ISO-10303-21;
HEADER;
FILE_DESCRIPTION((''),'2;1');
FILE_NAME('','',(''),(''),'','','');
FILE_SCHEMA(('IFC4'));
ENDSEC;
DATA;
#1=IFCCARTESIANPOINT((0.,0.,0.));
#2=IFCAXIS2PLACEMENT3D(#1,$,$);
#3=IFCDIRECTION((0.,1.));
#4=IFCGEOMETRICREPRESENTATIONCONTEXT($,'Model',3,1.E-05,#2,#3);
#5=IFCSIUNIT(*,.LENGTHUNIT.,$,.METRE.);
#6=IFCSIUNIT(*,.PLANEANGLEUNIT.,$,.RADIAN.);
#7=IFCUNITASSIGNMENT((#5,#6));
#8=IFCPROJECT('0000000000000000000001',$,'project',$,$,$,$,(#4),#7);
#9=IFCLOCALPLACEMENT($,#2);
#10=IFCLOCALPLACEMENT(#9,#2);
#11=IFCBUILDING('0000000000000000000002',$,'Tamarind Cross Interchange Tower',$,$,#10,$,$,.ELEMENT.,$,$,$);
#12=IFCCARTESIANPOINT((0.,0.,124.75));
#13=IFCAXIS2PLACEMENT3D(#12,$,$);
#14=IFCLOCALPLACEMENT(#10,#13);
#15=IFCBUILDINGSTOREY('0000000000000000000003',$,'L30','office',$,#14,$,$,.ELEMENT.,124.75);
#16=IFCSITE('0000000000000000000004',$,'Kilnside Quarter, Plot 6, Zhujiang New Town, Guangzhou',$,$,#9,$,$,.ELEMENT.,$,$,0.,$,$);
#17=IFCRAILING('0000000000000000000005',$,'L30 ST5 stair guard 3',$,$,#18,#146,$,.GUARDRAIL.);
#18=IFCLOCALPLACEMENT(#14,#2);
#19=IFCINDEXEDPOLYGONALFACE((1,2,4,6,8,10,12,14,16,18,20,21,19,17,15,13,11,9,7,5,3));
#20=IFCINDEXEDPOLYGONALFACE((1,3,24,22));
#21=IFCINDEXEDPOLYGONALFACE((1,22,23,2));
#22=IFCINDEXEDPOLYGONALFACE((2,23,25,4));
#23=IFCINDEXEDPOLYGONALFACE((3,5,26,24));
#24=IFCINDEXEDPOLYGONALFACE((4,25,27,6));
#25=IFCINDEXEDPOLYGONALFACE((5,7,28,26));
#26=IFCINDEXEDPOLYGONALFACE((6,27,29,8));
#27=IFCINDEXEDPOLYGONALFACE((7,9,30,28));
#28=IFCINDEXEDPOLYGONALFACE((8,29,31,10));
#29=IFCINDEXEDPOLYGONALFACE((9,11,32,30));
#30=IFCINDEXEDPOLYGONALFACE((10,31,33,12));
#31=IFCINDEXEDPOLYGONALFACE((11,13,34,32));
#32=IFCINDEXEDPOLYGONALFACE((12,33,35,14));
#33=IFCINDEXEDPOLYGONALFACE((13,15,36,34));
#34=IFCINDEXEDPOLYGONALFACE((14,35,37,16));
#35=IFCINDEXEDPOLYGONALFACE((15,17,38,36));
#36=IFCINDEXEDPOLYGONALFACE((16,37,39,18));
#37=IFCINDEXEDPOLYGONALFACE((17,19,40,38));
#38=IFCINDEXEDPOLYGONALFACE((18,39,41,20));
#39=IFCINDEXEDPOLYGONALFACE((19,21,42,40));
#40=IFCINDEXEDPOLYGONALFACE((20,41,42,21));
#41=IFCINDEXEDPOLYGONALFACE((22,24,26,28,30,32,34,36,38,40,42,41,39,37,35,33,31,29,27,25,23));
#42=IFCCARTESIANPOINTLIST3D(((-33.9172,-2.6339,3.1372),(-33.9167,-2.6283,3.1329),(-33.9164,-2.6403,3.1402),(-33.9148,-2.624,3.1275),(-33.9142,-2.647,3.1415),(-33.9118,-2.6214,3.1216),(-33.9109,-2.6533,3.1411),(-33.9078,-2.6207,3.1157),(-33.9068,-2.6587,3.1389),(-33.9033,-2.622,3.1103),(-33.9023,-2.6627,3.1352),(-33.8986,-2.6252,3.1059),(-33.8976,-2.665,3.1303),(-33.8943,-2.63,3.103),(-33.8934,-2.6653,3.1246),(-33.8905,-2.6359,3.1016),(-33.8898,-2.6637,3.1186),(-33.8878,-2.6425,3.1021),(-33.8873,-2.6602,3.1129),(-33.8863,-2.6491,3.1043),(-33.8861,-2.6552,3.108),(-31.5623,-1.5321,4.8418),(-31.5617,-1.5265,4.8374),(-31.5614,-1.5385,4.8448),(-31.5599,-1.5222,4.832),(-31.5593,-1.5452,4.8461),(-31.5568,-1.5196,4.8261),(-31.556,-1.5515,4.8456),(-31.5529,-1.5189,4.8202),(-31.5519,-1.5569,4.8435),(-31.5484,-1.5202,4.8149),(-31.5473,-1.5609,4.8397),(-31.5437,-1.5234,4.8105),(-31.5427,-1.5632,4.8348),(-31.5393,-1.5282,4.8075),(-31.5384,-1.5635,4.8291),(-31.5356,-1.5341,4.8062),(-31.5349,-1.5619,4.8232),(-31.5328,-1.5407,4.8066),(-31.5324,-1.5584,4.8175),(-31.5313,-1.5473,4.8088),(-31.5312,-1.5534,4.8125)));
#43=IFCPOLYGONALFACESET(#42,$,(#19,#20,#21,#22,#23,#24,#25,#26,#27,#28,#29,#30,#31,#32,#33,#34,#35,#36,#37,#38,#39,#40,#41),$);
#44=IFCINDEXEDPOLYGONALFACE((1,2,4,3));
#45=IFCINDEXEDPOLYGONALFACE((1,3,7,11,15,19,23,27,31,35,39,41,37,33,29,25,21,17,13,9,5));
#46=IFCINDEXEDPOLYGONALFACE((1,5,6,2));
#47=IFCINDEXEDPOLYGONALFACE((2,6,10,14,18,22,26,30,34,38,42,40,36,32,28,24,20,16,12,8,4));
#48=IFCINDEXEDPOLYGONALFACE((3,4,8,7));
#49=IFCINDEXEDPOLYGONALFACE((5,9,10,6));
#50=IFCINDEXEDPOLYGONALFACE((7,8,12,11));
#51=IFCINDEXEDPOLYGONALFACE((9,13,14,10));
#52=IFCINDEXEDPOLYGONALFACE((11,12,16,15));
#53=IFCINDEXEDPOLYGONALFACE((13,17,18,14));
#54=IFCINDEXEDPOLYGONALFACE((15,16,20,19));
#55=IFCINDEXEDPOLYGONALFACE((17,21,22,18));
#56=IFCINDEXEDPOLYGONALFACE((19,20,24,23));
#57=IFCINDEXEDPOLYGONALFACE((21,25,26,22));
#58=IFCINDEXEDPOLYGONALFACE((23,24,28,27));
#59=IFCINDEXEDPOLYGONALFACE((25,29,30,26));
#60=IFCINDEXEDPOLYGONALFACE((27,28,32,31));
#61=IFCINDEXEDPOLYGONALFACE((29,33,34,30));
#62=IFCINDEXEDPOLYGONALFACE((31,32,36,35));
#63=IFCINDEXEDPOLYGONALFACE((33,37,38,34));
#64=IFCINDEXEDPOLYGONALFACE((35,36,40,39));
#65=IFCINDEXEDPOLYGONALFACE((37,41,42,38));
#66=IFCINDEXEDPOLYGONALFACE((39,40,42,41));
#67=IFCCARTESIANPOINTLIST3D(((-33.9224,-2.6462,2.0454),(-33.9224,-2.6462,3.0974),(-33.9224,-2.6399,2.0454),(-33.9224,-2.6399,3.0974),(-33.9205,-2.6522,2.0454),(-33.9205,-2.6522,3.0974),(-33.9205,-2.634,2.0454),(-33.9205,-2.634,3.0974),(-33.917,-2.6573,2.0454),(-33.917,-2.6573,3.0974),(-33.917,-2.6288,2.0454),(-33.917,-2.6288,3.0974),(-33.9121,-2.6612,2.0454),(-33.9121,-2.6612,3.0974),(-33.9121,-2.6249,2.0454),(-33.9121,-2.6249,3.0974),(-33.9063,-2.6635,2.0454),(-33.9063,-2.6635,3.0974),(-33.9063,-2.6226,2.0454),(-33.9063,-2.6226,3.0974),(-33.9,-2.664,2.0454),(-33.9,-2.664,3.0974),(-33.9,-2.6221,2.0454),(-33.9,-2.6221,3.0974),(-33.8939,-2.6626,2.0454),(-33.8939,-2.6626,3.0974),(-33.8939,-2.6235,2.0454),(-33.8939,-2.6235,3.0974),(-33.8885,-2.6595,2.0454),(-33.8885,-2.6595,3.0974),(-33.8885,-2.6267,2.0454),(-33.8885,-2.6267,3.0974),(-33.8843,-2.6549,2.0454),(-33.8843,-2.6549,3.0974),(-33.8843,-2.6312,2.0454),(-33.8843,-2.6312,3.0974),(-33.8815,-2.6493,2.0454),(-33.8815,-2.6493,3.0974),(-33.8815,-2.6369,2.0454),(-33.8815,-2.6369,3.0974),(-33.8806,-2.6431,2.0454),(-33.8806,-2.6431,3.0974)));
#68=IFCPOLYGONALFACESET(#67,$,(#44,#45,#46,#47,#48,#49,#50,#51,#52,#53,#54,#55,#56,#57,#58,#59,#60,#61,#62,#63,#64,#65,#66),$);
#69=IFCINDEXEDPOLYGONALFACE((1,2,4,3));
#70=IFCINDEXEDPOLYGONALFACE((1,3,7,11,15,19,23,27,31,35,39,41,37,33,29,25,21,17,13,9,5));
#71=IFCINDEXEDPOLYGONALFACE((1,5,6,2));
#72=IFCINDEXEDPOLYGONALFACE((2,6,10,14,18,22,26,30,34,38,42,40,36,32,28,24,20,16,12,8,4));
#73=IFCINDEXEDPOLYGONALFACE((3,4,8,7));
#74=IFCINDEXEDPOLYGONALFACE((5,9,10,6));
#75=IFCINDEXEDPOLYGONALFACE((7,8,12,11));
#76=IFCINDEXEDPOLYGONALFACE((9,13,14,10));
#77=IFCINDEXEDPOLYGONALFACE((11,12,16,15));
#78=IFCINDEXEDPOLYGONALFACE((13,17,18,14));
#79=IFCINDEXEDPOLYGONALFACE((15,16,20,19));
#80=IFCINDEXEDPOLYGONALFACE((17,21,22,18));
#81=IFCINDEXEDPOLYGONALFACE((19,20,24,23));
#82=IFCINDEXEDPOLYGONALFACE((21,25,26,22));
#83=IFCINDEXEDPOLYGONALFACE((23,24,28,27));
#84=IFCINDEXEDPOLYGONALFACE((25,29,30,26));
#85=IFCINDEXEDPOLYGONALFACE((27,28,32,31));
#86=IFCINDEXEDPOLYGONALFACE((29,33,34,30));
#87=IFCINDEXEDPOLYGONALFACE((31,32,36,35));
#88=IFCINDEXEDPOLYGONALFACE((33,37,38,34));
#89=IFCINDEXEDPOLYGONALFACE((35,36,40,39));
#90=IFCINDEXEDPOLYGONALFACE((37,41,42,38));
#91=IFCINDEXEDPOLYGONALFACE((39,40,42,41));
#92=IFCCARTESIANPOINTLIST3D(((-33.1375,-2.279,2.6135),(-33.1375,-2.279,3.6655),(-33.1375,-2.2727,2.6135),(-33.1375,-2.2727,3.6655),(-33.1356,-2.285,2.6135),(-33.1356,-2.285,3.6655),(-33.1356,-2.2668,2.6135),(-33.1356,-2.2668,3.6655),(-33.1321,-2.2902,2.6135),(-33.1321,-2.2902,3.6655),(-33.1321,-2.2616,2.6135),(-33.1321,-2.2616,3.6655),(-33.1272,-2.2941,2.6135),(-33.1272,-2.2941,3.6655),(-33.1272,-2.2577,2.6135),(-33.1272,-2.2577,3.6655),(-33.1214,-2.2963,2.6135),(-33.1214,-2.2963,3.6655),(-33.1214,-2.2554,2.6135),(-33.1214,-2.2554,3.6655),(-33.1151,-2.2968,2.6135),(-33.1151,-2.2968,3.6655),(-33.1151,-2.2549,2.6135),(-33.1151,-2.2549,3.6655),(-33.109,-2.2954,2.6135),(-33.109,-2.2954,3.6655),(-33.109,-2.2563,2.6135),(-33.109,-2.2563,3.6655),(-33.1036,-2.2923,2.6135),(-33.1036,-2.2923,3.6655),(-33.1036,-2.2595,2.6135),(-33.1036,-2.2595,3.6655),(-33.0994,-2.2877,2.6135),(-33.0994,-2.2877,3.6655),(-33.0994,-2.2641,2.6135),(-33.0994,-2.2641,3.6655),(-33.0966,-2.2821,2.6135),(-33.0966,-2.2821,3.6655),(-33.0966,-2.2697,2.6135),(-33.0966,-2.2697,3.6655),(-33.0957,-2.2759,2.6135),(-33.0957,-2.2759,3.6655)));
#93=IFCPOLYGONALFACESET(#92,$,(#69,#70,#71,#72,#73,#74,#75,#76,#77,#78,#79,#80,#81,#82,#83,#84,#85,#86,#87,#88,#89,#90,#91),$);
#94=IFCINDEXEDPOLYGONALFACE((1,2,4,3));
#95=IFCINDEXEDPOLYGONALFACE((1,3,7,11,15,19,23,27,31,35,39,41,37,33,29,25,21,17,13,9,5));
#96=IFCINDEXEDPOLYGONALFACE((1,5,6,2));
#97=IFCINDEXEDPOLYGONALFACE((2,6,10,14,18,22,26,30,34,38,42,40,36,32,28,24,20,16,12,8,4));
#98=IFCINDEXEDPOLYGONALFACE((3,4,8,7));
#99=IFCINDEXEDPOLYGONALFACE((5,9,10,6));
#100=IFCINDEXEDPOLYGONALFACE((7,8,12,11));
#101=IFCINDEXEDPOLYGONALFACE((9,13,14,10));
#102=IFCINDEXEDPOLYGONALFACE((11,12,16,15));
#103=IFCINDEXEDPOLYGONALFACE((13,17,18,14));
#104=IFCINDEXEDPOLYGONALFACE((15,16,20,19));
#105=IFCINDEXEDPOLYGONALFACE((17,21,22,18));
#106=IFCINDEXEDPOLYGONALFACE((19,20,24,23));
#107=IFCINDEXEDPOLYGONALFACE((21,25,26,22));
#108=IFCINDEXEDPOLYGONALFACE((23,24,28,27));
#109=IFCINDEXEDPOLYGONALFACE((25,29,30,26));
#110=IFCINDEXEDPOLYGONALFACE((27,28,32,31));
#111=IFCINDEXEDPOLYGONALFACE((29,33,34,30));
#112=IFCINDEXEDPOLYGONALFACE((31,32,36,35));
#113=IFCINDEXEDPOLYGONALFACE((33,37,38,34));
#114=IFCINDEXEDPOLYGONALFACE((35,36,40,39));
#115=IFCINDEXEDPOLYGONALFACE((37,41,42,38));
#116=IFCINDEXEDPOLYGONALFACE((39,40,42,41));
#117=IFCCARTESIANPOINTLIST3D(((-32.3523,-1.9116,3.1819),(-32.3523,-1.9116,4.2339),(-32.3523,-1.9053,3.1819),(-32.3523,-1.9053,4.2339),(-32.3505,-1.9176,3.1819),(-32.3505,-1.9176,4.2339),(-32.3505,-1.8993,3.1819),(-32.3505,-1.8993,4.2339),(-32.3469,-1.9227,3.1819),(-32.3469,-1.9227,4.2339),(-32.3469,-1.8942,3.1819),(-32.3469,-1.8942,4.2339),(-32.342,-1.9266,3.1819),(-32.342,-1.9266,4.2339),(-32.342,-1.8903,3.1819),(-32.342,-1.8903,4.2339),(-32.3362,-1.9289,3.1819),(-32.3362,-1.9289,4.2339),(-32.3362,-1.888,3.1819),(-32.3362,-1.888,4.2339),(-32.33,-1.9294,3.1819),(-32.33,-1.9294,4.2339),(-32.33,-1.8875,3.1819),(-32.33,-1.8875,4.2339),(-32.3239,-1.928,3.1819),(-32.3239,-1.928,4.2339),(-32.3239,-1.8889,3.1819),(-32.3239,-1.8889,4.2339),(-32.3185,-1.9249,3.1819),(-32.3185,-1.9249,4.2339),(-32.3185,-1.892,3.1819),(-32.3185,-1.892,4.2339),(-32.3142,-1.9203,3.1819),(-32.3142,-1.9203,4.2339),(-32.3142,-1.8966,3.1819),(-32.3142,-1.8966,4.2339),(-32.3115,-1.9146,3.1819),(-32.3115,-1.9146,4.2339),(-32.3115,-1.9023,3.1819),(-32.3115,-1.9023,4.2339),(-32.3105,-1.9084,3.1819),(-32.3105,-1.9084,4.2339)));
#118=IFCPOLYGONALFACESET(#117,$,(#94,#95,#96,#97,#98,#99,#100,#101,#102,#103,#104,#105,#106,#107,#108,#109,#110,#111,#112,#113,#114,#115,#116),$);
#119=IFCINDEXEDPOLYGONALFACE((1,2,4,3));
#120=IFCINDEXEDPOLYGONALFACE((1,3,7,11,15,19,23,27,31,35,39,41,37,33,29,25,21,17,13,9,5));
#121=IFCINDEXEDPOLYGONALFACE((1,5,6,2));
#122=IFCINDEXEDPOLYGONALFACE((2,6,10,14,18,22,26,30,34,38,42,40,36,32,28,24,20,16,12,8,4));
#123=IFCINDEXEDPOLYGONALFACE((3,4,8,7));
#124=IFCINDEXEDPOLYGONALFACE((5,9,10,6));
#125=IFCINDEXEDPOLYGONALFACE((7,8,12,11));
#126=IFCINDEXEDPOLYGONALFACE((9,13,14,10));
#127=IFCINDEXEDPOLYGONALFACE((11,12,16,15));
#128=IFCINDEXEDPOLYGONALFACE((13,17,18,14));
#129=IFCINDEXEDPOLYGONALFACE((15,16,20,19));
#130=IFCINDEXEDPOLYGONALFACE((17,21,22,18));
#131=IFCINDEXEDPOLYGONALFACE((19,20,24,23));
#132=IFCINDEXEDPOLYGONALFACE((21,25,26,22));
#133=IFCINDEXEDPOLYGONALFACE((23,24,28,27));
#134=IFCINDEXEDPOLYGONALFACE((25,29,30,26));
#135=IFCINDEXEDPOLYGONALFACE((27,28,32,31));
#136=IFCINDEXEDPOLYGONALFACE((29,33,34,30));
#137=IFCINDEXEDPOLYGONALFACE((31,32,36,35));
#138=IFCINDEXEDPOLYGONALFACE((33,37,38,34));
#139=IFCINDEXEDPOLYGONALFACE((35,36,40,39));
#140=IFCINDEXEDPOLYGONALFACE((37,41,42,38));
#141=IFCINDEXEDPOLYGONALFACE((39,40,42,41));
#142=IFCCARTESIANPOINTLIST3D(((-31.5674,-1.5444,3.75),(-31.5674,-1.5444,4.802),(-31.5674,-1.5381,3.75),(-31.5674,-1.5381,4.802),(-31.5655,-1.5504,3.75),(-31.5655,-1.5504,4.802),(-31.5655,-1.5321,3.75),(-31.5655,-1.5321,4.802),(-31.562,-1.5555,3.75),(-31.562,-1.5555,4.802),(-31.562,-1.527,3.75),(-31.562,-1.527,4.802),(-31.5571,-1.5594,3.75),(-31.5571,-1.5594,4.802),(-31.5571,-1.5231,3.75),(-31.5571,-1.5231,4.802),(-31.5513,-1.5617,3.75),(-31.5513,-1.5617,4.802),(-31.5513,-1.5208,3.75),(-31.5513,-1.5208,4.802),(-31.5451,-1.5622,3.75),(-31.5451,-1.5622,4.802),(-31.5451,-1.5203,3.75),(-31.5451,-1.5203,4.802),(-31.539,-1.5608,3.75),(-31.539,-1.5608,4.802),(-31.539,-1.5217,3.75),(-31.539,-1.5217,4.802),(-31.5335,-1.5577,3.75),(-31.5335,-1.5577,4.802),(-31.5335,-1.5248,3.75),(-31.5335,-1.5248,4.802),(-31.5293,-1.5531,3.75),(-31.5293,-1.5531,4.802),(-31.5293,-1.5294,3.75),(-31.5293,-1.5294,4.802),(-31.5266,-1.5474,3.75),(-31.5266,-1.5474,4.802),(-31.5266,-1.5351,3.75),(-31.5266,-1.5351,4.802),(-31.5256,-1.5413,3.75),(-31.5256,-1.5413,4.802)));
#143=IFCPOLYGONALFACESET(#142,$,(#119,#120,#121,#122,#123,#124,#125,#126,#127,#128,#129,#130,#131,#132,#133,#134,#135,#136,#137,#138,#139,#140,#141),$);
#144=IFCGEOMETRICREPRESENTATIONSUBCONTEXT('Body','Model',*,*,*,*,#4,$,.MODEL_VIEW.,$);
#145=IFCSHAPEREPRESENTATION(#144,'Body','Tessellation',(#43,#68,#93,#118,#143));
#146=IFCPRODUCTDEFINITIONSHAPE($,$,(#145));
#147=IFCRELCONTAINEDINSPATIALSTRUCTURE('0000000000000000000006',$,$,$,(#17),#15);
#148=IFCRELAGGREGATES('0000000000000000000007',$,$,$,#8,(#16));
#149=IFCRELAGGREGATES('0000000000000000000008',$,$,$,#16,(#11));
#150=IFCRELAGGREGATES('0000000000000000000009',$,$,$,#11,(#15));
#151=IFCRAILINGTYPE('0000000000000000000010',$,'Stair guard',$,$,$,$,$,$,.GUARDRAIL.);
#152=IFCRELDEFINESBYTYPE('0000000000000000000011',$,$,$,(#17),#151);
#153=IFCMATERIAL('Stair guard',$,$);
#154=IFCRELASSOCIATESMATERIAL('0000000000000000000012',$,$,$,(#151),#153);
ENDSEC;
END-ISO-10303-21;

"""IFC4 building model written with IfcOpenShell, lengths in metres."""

from ifc_helpers import new_model, si_unit, direction, frame, origin, origin_2d, place, context, subcontext, project, spatial, circle, extrude, material, type_object, element, save


model = new_model("IFC4")

# Units and contexts
model_context = context("Model", 3, precision=1e-05, world=origin(), true_north=direction((0.0, 1.0)))
body_context = subcontext(model_context, "Body", "Model", "MODEL_VIEW")
ifc_project = project(units=[si_unit("LENGTHUNIT", "METRE"), si_unit("PLANEANGLEUNIT", "RADIAN")], contexts=[model_context])

# Site, building, storey
site_placement = place(None, origin())
site = spatial("IfcSite", under=ifc_project, at=site_placement, Name="Kilnside Quarter, Plot 6, Zhujiang New Town, Guangzhou", CompositionType="ELEMENT", RefElevation=0.0)
building_placement = place(site_placement, origin())
building = spatial("IfcBuilding", under=site, at=building_placement, Name="Tamarind Cross Interchange Tower", CompositionType="ELEMENT")
storey_placement = place(building_placement, frame((0.0, 0.0, 124.75)))
storey = spatial("IfcBuildingStorey", under=building, at=storey_placement, Name="L30", Description="office", CompositionType="ELEMENT", Elevation=124.75)

# Railing
ifc_material_1 = material(Name="Stair guard")
railing_type_1 = type_object("IfcRailingType", Name="Stair guard", PredefinedType="GUARDRAIL", material=ifc_material_1)
railing_1_placement = place(storey_placement, frame((-33.9016, -2.6431, 2.0454)))
element("IfcRailing", 1, at=railing_1_placement, inside=storey, type_object=railing_type_1, Name="L30 ST5 stair guard 3", PredefinedType="GUARDRAIL", context=body_context, shape_type="SweptSolid", body=[
    extrude(circle(Radius=0.0239, at=origin_2d()), frame((0.0, 0.0, 1.0762), z_axis=(0.757485, 0.354399, 0.548286), x_axis=(-0.423775, 0.905768, 0.0)), (0.0, 0.0, 1.0), 3.1089),
    extrude(circle(Radius=0.021, at=origin_2d()), origin(), (0.0, 0.0, 1.0), 1.052),
    extrude(circle(Radius=0.021, at=origin_2d()), frame((0.7849, 0.3672, 0.5681)), (0.0, 0.0, 1.0), 1.052),
    extrude(circle(Radius=0.021, at=origin_2d()), frame((1.5701, 0.7346, 1.1365)), (0.0, 0.0, 1.0), 1.052),
    extrude(circle(Radius=0.021, at=origin_2d()), frame((2.355, 1.1018, 1.7046)), (0.0, 0.0, 1.0), 1.052),
])

save(model, "model.ifc")
